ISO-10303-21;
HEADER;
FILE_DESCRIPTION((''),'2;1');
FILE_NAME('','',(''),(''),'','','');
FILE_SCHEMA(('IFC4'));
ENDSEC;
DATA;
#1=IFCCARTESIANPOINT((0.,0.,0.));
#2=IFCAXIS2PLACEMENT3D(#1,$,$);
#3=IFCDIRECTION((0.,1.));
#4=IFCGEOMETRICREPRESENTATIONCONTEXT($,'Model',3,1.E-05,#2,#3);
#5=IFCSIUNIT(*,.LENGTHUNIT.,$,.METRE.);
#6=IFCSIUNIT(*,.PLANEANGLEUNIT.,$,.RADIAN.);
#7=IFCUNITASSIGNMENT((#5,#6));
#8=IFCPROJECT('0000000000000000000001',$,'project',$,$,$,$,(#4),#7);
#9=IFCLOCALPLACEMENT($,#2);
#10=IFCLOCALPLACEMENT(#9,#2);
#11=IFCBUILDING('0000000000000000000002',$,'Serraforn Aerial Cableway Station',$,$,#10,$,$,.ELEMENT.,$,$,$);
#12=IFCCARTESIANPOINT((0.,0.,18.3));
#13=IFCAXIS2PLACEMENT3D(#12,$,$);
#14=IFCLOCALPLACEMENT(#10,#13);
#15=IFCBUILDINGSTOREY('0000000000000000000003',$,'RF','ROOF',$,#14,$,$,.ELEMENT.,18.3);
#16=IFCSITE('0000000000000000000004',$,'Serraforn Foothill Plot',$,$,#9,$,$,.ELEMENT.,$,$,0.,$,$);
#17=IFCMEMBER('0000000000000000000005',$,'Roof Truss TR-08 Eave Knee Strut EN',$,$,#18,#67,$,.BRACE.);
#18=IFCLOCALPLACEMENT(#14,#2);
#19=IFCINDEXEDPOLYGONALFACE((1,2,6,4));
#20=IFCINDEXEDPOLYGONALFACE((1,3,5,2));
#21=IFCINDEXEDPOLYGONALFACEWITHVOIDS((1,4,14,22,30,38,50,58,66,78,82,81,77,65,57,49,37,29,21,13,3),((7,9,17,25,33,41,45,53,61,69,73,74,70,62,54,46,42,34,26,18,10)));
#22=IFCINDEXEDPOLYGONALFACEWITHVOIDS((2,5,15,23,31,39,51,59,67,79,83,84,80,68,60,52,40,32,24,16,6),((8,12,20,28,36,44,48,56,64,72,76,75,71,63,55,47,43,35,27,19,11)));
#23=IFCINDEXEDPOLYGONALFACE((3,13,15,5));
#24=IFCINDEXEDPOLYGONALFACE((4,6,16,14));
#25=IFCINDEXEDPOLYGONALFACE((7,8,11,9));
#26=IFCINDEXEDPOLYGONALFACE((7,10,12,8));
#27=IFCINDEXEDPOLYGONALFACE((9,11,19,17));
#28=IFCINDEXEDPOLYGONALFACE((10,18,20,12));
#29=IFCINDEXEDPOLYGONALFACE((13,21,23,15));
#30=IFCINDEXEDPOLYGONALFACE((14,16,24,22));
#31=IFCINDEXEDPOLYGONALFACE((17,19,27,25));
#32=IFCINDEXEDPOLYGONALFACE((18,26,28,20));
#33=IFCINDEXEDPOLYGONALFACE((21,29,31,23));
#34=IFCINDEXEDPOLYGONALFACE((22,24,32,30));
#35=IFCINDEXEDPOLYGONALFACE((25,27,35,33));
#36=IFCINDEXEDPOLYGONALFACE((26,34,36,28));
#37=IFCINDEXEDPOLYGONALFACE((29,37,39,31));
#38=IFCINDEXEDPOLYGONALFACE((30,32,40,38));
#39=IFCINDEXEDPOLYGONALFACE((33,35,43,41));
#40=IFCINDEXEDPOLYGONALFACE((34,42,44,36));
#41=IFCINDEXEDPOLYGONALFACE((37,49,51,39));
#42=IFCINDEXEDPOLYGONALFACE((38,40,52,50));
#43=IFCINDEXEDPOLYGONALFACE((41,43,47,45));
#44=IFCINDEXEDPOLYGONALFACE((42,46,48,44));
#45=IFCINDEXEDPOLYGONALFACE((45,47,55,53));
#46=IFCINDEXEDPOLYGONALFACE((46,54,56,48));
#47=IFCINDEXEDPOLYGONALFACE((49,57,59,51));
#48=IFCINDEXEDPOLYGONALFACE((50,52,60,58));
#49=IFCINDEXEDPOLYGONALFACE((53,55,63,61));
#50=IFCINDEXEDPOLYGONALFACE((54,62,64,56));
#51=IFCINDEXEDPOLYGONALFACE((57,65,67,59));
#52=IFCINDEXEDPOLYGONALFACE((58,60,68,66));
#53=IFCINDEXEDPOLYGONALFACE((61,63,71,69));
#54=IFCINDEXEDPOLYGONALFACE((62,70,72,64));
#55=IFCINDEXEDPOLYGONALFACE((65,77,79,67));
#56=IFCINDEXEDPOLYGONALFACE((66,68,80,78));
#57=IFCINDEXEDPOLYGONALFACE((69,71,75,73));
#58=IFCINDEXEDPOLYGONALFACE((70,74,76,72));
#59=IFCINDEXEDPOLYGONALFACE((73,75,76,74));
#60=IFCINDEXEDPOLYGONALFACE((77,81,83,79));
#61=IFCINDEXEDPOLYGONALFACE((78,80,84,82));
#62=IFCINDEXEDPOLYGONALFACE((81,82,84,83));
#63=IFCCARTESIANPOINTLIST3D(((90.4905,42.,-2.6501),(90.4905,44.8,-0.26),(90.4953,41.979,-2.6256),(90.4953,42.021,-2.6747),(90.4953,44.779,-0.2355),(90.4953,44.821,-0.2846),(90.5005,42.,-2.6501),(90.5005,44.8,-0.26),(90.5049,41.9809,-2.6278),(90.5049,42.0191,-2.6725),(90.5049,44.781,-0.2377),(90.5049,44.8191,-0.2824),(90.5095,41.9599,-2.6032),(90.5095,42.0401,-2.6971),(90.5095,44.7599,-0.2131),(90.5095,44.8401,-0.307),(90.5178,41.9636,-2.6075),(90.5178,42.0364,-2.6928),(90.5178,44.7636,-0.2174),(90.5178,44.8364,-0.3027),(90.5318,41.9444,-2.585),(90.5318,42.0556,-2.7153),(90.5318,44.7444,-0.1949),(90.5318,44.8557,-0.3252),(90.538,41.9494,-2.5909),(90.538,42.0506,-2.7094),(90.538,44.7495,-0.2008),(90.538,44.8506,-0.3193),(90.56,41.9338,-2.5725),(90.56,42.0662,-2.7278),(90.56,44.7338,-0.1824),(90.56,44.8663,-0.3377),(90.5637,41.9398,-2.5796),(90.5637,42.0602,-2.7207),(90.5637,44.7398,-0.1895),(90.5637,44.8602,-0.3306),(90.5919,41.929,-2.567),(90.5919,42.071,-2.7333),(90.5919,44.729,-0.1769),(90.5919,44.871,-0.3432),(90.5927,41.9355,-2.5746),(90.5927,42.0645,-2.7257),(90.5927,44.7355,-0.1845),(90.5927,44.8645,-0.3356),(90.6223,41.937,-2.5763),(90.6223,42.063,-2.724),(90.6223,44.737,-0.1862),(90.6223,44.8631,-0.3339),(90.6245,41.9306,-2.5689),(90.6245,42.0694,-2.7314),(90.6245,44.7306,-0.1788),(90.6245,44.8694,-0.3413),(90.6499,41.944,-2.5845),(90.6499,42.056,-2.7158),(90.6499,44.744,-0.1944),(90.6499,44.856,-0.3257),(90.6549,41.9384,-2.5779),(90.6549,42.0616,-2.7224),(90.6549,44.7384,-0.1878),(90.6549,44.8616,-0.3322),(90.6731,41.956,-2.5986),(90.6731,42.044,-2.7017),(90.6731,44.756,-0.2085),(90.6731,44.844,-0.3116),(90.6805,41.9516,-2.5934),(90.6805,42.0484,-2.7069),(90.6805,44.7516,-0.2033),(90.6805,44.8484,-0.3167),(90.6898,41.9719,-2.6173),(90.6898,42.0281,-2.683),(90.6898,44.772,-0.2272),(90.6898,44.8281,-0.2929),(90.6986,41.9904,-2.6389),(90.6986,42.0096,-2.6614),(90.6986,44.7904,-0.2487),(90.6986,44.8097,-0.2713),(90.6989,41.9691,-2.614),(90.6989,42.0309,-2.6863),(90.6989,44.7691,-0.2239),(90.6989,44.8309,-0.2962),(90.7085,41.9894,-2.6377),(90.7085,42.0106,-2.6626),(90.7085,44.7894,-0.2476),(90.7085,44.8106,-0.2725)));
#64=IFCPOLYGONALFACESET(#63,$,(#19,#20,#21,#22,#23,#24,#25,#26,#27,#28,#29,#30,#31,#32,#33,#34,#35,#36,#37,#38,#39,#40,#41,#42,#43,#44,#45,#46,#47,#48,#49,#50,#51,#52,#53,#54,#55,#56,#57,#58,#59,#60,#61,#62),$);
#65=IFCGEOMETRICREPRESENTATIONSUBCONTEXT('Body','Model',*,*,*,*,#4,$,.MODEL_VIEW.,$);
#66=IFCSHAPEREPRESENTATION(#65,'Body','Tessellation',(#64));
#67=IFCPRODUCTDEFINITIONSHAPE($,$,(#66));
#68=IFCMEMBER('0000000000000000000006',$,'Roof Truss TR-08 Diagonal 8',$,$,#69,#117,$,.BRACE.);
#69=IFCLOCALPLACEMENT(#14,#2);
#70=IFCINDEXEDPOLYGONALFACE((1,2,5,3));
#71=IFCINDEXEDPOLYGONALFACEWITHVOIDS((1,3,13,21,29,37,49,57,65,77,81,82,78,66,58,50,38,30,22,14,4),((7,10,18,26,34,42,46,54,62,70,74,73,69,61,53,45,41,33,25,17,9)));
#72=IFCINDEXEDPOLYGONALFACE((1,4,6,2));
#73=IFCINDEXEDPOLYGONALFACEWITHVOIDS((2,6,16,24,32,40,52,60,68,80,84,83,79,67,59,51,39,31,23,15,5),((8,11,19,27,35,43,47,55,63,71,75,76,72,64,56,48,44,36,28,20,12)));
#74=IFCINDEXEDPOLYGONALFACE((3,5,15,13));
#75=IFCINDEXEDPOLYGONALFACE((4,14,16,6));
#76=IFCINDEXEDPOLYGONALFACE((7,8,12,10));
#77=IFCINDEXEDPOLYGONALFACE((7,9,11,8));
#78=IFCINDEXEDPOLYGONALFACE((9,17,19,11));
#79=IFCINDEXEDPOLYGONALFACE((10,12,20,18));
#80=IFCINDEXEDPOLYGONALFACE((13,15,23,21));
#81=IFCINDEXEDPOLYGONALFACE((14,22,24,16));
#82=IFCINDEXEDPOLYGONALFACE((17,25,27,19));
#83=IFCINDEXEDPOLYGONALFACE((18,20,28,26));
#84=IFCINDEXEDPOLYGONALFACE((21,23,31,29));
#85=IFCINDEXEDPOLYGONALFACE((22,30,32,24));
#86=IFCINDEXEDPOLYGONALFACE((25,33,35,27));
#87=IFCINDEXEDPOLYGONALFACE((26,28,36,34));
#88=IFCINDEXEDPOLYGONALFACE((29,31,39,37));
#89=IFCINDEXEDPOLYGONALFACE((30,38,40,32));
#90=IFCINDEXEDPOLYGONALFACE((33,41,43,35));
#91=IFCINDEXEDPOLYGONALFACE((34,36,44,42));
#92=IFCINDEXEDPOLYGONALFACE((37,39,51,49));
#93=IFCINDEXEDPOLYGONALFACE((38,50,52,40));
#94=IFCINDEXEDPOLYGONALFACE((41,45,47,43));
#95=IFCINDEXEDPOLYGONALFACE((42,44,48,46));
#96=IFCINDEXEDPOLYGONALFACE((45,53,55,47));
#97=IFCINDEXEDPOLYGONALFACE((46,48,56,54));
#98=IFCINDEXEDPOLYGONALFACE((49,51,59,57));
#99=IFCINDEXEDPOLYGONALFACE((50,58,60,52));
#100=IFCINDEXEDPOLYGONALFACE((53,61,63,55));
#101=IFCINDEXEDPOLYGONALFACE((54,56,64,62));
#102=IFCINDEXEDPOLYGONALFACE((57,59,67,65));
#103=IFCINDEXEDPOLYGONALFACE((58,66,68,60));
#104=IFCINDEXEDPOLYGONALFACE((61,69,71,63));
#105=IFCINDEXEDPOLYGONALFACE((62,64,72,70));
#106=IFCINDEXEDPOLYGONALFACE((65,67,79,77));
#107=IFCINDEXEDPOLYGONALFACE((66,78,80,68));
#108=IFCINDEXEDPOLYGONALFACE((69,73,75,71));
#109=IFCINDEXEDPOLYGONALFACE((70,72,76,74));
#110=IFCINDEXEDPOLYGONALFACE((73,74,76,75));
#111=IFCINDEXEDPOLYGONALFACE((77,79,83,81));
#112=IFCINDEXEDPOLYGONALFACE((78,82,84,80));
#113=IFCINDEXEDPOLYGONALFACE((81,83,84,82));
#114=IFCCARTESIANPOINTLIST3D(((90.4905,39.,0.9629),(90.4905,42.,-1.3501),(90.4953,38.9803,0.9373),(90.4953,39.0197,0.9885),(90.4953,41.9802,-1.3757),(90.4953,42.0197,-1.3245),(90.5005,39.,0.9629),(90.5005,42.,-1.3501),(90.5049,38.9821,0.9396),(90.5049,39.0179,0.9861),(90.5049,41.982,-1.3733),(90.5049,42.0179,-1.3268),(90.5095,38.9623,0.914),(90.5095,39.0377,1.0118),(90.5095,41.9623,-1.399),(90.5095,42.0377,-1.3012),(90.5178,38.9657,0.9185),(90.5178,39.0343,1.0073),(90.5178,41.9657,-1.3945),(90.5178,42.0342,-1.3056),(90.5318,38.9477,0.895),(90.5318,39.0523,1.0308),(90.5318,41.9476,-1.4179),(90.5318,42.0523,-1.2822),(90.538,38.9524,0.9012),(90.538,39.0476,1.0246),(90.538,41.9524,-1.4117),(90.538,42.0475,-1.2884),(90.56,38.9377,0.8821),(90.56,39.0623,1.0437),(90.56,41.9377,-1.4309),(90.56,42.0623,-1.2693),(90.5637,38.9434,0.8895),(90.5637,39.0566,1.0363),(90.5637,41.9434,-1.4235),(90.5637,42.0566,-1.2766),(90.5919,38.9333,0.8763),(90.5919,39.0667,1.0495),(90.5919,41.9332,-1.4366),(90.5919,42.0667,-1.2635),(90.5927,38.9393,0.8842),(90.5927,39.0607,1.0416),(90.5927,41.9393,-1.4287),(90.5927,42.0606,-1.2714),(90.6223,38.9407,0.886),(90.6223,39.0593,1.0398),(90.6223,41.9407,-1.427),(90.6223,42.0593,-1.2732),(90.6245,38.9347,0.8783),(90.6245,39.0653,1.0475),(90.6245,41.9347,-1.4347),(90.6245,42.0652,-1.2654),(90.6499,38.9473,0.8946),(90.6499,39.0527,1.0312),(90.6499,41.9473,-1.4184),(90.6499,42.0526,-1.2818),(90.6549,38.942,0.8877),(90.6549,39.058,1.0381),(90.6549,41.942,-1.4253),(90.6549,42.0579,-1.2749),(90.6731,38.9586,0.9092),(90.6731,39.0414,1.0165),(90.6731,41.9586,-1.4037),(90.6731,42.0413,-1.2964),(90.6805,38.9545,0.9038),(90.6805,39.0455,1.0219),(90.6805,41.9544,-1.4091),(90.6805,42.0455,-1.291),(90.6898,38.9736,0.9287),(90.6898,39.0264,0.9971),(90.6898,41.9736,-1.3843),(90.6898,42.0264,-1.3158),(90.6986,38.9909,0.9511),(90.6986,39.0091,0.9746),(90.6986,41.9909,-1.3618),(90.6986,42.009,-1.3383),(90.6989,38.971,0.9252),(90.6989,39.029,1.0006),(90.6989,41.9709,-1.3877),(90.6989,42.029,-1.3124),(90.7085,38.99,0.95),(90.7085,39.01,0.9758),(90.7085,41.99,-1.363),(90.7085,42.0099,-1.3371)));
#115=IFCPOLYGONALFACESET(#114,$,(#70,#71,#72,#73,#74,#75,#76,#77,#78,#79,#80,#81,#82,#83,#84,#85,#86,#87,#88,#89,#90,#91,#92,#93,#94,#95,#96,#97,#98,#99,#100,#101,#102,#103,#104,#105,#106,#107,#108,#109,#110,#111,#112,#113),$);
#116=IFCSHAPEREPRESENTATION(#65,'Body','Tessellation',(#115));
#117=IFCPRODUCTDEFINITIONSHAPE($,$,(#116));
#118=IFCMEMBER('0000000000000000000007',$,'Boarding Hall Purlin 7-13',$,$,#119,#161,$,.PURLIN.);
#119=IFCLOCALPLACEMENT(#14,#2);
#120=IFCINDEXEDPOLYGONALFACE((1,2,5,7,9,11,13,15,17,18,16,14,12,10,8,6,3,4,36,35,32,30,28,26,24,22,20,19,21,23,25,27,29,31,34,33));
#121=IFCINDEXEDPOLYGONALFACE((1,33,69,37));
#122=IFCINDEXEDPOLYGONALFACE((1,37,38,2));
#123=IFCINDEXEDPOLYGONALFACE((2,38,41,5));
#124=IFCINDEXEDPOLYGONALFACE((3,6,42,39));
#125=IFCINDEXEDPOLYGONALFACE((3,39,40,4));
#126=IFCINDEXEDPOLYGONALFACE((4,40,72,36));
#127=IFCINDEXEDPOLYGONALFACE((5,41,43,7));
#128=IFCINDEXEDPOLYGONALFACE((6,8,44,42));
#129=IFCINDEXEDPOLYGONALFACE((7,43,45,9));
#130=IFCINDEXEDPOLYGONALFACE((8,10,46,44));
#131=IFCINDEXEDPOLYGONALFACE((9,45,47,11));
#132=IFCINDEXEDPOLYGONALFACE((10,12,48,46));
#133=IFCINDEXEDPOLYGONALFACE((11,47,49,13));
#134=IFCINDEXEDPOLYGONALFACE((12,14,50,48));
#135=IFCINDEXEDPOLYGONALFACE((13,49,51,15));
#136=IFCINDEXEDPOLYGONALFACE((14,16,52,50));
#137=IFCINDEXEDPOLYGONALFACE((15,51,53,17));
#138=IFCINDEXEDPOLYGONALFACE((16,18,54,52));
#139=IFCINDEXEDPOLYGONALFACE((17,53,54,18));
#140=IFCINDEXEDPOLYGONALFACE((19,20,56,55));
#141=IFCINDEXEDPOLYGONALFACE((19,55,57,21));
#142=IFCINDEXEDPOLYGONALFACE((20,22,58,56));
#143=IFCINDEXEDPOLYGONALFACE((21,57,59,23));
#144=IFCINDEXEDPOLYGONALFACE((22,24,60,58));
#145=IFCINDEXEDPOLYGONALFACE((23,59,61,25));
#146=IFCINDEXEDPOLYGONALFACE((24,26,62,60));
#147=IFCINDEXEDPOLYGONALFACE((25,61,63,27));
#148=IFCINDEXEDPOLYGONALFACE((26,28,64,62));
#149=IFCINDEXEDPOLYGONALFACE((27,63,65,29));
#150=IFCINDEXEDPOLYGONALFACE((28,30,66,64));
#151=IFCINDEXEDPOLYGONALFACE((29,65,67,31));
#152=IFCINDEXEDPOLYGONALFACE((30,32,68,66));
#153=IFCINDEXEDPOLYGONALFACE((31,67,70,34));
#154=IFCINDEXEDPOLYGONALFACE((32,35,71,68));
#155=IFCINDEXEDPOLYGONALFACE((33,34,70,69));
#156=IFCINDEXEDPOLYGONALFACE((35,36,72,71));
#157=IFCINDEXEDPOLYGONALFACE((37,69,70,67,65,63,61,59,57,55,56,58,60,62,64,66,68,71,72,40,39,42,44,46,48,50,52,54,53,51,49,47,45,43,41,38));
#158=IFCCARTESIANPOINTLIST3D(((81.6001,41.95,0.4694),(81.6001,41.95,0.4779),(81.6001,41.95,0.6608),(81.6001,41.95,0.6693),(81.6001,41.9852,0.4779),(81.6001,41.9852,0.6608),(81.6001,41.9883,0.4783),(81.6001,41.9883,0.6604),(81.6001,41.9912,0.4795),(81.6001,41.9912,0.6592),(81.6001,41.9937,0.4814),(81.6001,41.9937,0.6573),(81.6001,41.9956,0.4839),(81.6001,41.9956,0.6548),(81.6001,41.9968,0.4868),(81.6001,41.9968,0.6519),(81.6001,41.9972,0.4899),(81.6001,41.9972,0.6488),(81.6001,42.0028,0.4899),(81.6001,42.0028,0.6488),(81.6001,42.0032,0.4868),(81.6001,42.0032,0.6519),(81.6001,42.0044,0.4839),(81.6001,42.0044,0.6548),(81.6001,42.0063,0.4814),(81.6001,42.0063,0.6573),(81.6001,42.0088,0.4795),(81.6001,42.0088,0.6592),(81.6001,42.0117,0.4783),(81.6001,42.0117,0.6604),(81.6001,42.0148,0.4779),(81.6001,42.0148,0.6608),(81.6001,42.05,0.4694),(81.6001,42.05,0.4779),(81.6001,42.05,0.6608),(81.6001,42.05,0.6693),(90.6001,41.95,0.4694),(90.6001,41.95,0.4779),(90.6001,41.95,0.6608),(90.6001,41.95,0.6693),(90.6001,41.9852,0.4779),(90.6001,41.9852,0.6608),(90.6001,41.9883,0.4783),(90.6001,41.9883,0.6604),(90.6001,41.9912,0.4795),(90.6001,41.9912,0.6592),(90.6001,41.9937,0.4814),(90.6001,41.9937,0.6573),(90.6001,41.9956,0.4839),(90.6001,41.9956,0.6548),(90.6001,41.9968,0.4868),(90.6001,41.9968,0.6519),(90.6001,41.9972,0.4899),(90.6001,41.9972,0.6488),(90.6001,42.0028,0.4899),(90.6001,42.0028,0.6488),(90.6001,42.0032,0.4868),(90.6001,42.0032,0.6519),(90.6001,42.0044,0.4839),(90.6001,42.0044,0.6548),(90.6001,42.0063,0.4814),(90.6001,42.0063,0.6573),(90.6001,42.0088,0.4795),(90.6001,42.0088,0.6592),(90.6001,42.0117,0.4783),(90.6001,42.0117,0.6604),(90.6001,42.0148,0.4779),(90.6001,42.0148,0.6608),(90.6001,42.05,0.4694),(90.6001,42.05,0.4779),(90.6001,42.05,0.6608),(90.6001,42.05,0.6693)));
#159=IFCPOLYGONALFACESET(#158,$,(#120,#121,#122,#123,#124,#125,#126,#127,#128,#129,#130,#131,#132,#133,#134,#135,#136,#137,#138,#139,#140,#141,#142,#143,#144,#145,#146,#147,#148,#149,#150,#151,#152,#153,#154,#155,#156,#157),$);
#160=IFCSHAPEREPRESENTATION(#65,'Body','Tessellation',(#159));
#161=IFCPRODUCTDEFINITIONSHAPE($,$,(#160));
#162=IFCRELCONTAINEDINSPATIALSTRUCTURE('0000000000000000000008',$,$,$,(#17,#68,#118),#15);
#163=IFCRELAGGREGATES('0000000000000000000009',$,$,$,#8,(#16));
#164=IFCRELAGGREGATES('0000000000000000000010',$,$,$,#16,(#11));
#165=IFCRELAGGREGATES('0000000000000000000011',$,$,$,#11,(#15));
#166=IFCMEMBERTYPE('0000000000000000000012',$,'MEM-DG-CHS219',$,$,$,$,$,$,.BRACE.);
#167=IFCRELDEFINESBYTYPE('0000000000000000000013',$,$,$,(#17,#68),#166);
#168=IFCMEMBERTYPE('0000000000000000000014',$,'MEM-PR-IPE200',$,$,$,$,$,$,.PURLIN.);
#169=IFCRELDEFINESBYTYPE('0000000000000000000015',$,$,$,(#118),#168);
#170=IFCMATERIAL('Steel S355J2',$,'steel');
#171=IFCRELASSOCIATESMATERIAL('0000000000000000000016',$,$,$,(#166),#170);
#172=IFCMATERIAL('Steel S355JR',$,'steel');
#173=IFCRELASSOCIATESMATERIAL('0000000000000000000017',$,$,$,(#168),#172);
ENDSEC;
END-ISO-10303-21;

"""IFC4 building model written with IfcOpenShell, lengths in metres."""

from ifc_helpers import new_model, si_unit, direction, frame, origin, origin_2d, place, context, subcontext, project, spatial, hollow_circle, i_section, extrude, material, material_profile, profile_set, type_object, element, save


model = new_model("IFC4")

# Units and contexts
model_context = context("Model", 3, precision=1e-05, world=origin(), true_north=direction((0.0, 1.0)))
body_context = subcontext(model_context, "Body", "Model", "MODEL_VIEW")
ifc_project = project(units=[si_unit("LENGTHUNIT", "METRE"), si_unit("PLANEANGLEUNIT", "RADIAN")], contexts=[model_context])

# Site, building, storey
site_placement = place(None, origin())
site = spatial("IfcSite", under=ifc_project, at=site_placement, Name="Serraforn Foothill Plot", CompositionType="ELEMENT", RefElevation=0.0)
building_placement = place(site_placement, origin())
building = spatial("IfcBuilding", under=site, at=building_placement, Name="Serraforn Aerial Cableway Station", CompositionType="ELEMENT")
storey_placement = place(building_placement, frame((0.0, 0.0, 18.3)))
storey = spatial("IfcBuildingStorey", under=building, at=storey_placement, Name="RF", Description="ROOF", CompositionType="ELEMENT", Elevation=18.3)

# Shared definitions
ifc_material_1 = material(Name="Steel S355J2", Category="steel")

# Members
ifc_material_profile_1 = material_profile(ifc_material_1, hollow_circle(Radius=0.1096, WallThickness=0.01, at=origin_2d()), Name="CHS 219.1x10.0")
ifc_profile_set_1 = profile_set([ifc_material_profile_1], Name="Steel S355J2")
member_type_1 = type_object("IfcMemberType", Name="MEM-DG-CHS219", PredefinedType="BRACE", material=ifc_profile_set_1)
member_1_placement = place(storey_placement, frame((90.6001, 42.0, -2.6501), z_axis=(0.0, 0.760584, 0.649239), x_axis=(-1.0, 0.0, 0.0)))
element("IfcMember", 1, at=member_1_placement, inside=storey, type_object=member_type_1, Name="Roof Truss TR-08 Eave Knee Strut EN", PredefinedType="BRACE", context=body_context, shape_type="SweptSolid", body=[
    extrude(hollow_circle(Radius=0.1096, WallThickness=0.01, at=origin_2d()), origin(), (0.0, 0.0, 1.0), 3.6814),
])
member_2_placement = place(storey_placement, frame((90.6001, 39.0, 0.9629), z_axis=(0.0, 0.791948, -0.610589), x_axis=(-1.0, 0.0, 0.0)))
element("IfcMember", 2, at=member_2_placement, inside=storey, type_object=member_type_1, Name="Roof Truss TR-08 Diagonal 8", PredefinedType="BRACE", context=body_context, shape_type="SweptSolid", body=[
    extrude(hollow_circle(Radius=0.1096, WallThickness=0.01, at=origin_2d()), origin(), (0.0, 0.0, 1.0), 3.7881),
])
ifc_material_2 = material(Name="Steel S355JR", Category="steel")
ifc_material_profile_2 = material_profile(ifc_material_2, i_section(OverallWidth=0.1001, OverallDepth=0.2, WebThickness=0.0056, FlangeThickness=0.0085, FilletRadius=0.012, at=origin_2d()), Name="IPE 200")
ifc_profile_set_2 = profile_set([ifc_material_profile_2], Name="Steel S355JR")
member_type_2 = type_object("IfcMemberType", Name="MEM-PR-IPE200", PredefinedType="PURLIN", material=ifc_profile_set_2)
for number, where, z_axis, x_axis, name in (
    (3, (81.6001, 42.0, 0.5693), (1.0, 0.0, 0.0), (0.0, 1.0, 0.0), "Boarding Hall Purlin 7-13"),
):
    element("IfcMember", number, at=place(storey_placement, frame(where, z_axis=z_axis, x_axis=x_axis)), inside=storey, type_object=member_type_2, Name=name, PredefinedType="PURLIN", context=body_context, shape_type="SweptSolid", body=[
        extrude(i_section(OverallWidth=0.1001, OverallDepth=0.2, WebThickness=0.0056, FlangeThickness=0.0085, FilletRadius=0.012, at=origin_2d()), origin(), (0.0, 0.0, 1.0), 9.0),
    ])

save(model, "model.ifc")
